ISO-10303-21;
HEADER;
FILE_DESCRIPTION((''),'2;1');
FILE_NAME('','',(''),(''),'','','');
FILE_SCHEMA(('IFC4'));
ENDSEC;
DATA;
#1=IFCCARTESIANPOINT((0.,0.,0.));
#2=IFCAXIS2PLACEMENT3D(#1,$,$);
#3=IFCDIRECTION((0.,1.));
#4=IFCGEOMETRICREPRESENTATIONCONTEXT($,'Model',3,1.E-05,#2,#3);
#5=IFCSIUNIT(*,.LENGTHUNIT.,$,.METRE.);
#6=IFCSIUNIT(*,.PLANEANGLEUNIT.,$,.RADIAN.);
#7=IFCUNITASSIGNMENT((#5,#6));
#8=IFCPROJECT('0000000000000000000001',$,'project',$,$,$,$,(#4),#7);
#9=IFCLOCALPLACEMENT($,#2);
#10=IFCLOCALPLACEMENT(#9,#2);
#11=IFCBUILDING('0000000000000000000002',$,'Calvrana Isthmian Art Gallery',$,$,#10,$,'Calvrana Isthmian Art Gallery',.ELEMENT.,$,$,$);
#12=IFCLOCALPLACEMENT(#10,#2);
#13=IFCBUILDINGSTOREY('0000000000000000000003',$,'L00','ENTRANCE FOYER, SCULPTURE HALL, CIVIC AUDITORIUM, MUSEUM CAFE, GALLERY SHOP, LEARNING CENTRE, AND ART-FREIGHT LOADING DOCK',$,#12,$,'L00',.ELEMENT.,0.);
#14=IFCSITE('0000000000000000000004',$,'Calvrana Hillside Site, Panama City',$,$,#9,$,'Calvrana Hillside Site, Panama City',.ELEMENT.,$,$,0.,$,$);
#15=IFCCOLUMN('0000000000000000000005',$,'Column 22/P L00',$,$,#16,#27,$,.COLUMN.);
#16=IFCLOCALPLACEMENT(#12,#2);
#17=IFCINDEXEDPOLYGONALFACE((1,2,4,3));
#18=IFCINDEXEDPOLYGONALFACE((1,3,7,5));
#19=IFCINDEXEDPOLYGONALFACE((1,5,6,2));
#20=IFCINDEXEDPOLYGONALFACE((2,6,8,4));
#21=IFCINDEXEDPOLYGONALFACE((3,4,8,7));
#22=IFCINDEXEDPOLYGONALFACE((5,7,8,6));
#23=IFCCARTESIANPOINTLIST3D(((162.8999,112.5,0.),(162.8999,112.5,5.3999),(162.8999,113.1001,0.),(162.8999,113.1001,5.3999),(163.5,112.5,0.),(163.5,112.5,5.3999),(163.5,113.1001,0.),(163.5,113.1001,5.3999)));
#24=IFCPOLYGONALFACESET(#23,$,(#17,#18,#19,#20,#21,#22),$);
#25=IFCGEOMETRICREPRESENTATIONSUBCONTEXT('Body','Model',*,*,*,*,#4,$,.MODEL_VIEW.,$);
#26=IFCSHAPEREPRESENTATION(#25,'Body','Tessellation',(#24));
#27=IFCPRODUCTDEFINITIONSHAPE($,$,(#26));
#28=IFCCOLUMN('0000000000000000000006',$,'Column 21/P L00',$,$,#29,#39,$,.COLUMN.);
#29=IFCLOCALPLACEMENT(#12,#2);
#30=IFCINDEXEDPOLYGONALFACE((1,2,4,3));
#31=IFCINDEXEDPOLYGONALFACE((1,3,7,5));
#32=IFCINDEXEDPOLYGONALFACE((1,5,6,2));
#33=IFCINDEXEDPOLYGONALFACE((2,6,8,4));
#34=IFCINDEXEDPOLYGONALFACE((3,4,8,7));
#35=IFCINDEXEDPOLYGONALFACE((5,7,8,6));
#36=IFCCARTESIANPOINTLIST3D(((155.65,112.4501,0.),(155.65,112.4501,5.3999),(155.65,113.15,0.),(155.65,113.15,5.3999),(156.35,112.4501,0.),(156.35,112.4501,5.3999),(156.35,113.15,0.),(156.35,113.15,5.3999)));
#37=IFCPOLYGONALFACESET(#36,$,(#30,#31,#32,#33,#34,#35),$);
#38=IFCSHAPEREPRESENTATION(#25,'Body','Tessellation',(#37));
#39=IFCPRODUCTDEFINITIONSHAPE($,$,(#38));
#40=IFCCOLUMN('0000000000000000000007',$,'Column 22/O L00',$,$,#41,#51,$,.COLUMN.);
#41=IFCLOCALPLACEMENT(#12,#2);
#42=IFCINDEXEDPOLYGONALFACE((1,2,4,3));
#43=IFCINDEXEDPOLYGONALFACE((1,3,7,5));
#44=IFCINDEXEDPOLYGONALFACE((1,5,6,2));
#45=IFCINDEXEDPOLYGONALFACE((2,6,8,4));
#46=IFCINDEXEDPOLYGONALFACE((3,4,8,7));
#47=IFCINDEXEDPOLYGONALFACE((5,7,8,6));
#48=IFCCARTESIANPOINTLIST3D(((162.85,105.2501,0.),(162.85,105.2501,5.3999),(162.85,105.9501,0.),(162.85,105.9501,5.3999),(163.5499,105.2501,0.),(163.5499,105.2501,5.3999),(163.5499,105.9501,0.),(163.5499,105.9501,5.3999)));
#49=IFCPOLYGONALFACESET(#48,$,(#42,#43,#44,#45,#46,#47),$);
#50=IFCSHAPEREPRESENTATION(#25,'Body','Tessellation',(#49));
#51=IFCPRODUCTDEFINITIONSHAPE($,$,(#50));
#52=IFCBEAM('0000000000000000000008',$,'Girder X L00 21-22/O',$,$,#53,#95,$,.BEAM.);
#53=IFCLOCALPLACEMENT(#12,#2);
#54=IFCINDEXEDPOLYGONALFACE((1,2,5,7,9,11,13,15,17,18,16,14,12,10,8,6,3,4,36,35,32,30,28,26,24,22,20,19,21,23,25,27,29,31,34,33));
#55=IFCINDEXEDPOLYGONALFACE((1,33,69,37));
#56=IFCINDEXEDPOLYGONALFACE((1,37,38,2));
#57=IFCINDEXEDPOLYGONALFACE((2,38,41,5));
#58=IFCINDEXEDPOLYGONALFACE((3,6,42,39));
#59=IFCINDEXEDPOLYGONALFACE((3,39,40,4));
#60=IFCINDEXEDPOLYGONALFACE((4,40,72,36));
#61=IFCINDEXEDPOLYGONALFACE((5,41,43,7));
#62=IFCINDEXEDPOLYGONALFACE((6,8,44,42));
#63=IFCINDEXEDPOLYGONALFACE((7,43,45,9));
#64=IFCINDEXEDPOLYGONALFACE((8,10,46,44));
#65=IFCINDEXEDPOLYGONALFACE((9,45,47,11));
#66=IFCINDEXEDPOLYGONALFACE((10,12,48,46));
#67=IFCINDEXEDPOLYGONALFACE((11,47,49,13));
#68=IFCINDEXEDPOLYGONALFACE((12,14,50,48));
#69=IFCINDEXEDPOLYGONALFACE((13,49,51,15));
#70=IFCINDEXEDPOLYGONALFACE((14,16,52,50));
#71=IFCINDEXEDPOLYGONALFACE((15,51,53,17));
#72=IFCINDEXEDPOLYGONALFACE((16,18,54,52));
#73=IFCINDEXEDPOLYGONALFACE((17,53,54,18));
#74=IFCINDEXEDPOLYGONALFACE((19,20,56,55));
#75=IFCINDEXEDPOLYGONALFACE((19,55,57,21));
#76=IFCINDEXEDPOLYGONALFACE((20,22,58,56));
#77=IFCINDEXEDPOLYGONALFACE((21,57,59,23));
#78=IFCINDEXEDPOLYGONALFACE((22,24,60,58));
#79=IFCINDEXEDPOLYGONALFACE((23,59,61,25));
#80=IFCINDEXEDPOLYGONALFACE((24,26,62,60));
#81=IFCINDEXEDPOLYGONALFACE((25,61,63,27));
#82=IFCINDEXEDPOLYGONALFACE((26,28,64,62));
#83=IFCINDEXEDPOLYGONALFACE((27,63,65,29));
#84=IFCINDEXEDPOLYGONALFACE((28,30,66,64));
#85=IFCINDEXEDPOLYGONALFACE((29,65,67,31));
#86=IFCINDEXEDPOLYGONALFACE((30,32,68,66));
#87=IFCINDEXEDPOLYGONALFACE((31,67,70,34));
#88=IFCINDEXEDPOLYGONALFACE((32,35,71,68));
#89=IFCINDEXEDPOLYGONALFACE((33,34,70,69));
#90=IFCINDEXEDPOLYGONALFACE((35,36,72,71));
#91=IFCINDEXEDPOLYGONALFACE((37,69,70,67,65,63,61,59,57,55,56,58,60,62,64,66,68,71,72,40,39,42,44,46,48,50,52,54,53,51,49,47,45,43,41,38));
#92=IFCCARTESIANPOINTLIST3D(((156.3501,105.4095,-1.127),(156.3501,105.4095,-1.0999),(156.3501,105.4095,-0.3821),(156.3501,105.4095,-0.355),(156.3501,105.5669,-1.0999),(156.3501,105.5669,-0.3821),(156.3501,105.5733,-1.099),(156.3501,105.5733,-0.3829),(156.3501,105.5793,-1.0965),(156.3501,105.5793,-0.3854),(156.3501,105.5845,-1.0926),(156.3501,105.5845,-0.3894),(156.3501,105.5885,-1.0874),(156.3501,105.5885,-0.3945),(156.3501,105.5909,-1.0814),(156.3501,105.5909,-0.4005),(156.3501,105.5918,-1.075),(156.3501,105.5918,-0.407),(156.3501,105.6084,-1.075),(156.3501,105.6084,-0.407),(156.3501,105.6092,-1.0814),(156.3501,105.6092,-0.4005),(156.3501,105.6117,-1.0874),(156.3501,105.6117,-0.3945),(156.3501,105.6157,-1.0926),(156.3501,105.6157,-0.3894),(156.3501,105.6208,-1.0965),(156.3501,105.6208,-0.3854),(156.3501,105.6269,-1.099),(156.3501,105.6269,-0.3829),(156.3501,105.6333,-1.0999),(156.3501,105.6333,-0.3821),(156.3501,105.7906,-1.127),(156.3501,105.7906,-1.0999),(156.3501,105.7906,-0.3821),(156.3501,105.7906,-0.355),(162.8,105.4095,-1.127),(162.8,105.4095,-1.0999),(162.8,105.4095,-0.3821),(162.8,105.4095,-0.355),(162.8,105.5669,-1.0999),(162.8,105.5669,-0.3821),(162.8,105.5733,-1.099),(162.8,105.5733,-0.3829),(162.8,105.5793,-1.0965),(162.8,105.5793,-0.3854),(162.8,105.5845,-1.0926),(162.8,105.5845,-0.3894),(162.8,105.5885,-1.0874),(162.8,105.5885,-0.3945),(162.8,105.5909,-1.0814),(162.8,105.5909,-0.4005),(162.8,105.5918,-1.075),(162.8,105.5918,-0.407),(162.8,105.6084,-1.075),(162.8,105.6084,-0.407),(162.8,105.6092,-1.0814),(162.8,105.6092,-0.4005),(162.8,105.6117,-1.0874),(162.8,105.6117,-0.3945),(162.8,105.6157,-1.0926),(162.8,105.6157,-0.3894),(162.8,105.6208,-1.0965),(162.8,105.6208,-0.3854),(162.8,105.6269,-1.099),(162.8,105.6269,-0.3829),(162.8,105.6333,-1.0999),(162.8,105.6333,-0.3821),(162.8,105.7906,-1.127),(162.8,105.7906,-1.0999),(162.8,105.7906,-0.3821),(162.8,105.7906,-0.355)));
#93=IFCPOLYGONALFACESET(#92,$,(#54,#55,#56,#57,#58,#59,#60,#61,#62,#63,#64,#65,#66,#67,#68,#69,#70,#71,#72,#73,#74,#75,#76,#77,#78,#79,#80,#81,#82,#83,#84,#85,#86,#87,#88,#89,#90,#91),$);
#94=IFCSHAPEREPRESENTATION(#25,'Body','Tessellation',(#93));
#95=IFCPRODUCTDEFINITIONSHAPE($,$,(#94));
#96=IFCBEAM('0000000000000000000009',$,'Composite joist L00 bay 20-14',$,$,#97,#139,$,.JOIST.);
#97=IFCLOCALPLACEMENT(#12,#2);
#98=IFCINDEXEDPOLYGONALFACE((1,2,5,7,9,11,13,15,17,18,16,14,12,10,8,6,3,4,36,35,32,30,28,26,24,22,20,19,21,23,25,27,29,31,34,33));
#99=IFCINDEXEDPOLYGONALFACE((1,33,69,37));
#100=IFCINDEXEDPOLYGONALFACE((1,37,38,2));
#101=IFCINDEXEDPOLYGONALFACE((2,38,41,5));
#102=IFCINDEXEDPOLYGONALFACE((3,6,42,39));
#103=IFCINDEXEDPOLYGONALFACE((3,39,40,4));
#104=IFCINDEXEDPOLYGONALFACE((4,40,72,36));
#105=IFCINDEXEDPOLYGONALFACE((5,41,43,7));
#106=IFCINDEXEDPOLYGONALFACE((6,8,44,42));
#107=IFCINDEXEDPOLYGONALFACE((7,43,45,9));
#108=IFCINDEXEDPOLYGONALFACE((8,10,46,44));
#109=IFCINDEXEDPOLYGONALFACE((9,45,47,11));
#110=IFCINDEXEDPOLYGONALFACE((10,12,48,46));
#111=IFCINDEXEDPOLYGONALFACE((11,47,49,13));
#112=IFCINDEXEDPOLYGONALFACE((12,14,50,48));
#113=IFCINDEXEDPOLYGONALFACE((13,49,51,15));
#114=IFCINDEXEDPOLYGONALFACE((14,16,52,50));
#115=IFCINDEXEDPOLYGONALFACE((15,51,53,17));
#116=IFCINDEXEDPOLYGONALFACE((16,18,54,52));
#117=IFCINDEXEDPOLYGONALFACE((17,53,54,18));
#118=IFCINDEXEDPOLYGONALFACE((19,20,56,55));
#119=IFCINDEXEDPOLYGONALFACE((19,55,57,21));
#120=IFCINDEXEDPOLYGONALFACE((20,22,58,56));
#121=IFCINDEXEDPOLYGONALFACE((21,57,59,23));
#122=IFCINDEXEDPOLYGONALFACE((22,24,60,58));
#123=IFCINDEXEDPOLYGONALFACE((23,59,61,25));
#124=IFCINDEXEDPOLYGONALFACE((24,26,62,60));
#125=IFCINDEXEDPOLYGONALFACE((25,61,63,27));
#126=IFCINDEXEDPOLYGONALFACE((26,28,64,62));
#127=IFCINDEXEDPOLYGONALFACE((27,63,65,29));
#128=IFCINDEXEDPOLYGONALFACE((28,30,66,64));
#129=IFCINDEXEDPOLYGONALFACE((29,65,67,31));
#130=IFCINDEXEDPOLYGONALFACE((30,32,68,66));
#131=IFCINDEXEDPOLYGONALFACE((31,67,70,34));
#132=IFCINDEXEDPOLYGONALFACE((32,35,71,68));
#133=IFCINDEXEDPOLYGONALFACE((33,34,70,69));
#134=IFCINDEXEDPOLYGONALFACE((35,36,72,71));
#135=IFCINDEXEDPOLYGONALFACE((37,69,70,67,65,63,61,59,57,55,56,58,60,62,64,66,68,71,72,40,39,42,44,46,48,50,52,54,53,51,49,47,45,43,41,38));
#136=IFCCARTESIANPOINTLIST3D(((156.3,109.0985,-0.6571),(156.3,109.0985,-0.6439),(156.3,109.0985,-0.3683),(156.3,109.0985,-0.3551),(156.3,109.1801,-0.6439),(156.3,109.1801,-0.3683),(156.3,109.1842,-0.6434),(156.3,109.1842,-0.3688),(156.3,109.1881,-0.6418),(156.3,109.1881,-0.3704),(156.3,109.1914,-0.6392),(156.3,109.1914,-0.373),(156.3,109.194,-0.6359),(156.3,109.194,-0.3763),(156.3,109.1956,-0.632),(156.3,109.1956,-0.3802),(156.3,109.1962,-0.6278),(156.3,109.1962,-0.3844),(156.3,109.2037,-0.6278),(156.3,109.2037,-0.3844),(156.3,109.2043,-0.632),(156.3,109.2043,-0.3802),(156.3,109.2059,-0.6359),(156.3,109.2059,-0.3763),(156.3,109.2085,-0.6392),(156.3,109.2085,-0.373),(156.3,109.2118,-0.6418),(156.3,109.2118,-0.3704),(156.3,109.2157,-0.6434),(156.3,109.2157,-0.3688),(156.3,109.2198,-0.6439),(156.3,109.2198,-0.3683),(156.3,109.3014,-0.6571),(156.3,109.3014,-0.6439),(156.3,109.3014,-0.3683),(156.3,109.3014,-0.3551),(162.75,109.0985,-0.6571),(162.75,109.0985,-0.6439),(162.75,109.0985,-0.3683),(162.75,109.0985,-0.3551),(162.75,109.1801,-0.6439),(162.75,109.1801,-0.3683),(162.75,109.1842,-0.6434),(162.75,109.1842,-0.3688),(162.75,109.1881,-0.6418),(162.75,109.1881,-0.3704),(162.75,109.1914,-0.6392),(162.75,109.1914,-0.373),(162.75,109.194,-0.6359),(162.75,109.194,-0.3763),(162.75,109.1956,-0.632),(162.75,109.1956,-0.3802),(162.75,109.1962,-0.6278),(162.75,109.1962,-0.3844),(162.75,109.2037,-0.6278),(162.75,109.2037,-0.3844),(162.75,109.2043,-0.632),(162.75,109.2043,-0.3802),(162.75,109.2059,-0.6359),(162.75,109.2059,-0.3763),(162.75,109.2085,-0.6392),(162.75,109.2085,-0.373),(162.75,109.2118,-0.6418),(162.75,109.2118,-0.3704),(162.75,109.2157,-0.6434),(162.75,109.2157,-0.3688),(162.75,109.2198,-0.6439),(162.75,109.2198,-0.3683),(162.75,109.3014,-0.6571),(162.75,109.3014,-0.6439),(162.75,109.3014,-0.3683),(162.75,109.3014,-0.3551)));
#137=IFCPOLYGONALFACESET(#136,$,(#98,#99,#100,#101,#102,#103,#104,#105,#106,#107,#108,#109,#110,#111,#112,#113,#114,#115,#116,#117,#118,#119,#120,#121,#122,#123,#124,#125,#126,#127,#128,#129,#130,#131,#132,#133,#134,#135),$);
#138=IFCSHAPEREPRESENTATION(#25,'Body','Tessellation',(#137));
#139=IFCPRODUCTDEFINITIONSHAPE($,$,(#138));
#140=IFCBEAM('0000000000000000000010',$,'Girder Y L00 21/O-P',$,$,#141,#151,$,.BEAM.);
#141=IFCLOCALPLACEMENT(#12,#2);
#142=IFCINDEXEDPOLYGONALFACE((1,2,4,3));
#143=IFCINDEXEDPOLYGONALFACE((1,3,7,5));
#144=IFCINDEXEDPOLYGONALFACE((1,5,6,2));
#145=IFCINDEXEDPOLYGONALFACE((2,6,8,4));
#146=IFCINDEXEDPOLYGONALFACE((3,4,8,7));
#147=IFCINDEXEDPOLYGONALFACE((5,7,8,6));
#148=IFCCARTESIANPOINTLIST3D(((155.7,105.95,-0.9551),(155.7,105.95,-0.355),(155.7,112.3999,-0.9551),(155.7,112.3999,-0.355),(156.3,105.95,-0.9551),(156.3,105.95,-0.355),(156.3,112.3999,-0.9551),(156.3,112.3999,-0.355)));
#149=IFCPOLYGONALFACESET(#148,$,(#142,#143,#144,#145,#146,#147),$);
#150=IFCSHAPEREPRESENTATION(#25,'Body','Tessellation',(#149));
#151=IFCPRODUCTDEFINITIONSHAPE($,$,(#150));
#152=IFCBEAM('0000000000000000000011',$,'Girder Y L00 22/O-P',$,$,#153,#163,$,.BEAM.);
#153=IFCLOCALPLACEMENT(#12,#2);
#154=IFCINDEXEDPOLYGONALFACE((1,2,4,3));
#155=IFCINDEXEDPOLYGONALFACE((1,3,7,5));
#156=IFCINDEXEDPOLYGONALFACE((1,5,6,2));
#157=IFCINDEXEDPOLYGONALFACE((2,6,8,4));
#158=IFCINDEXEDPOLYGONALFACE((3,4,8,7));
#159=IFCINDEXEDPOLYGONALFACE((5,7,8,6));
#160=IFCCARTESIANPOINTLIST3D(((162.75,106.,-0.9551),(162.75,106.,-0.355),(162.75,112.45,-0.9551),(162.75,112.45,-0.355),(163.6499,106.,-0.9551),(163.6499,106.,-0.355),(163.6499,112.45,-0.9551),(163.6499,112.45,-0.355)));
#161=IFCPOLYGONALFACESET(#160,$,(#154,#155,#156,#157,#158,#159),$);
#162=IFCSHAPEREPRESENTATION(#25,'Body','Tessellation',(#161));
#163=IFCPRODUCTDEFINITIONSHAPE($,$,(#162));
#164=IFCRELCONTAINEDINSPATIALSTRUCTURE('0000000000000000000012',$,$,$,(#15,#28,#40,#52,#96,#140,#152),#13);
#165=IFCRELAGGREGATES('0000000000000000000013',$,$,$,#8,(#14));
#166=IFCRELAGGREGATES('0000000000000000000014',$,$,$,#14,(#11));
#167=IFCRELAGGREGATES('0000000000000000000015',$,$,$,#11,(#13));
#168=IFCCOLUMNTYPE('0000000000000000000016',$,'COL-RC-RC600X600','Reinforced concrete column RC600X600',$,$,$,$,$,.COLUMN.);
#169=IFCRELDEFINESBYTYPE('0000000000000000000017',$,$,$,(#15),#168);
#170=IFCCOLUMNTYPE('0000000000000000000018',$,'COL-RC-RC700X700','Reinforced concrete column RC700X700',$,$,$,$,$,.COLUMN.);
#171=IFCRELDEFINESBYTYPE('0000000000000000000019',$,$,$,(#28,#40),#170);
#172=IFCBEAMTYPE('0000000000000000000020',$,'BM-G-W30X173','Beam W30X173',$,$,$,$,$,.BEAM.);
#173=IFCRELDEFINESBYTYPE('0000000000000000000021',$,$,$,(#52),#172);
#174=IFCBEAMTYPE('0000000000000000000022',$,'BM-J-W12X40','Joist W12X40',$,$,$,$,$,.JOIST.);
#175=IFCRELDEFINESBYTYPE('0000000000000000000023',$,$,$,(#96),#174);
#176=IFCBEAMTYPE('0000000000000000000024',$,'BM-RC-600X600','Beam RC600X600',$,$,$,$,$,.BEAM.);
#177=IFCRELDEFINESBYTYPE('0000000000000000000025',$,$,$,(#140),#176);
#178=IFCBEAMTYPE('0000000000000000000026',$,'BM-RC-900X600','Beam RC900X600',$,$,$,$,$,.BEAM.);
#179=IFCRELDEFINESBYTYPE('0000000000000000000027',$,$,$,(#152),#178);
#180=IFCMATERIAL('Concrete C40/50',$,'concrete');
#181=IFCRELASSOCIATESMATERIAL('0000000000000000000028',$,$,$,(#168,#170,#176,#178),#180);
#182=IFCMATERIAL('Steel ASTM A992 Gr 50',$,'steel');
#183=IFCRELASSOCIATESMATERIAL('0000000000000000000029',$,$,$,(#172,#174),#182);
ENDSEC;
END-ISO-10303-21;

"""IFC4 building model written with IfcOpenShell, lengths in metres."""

from ifc_helpers import new_model, si_unit, direction, frame, origin, origin_2d, place, context, subcontext, project, spatial, rectangle, i_section, extrude, material, material_profile, profile_set, type_object, element, save


model = new_model("IFC4")

# Units and contexts
model_context = context("Model", 3, precision=1e-05, world=origin(), true_north=direction((0.0, 1.0)))
body_context = subcontext(model_context, "Body", "Model", "MODEL_VIEW")
ifc_project = project(units=[si_unit("LENGTHUNIT", "METRE"), si_unit("PLANEANGLEUNIT", "RADIAN")], contexts=[model_context])

# Site, building, storey
site_placement = place(None, origin())
site = spatial("IfcSite", under=ifc_project, at=site_placement, Name="Calvrana Hillside Site, Panama City", LongName="Calvrana Hillside Site, Panama City", CompositionType="ELEMENT", RefElevation=0.0)
building_placement = place(site_placement, origin())
building = spatial("IfcBuilding", under=site, at=building_placement, Name="Calvrana Isthmian Art Gallery", LongName="Calvrana Isthmian Art Gallery", CompositionType="ELEMENT")
storey_placement = place(building_placement, origin())
storey = spatial("IfcBuildingStorey", under=building, at=storey_placement, Name="L00", Description="ENTRANCE FOYER, SCULPTURE HALL, CIVIC AUDITORIUM, MUSEUM CAFE, GALLERY SHOP, LEARNING CENTRE, AND ART-FREIGHT LOADING DOCK", LongName="L00", CompositionType="ELEMENT", Elevation=0.0)

# Columns
ifc_material_1 = material(Name="Concrete C40/50", Category="concrete")
ifc_material_profile_1 = material_profile(ifc_material_1, rectangle(XDim=0.6001, YDim=0.6001, at=origin_2d()), Name="RC600X600")
ifc_profile_set_1 = profile_set([ifc_material_profile_1], Name="Concrete C40/50")
column_type_1 = type_object("IfcColumnType", Name="COL-RC-RC600X600", Description="Reinforced concrete column RC600X600", PredefinedType="COLUMN", material=ifc_profile_set_1)
column_placement = place(storey_placement, frame((163.2, 112.8, 0.0), z_axis=(0.0, 0.0, 1.0), x_axis=(1.0, 0.0, 0.0)))
element("IfcColumn", 1, at=column_placement, inside=storey, type_object=column_type_1, Name="Column 22/P L00", PredefinedType="COLUMN", context=body_context, shape_type="SweptSolid", body=[
    extrude(rectangle(XDim=0.6001, YDim=0.6001, at=origin_2d()), origin(), (0.0, 0.0, 1.0), 5.3999),
])
ifc_material_profile_2 = material_profile(ifc_material_1, rectangle(XDim=0.7, YDim=0.7, at=origin_2d()), Name="RC700X700")
ifc_profile_set_2 = profile_set([ifc_material_profile_2], Name="Concrete C40/50")
column_type_2 = type_object("IfcColumnType", Name="COL-RC-RC700X700", Description="Reinforced concrete column RC700X700", PredefinedType="COLUMN", material=ifc_profile_set_2)
for number, where, z_axis, x_axis, name in (
    (2, (156.0, 112.8, 0.0), (0.0, 0.0, 1.0), (1.0, 0.0, 0.0), "Column 21/P L00"),
    (3, (163.2, 105.6001, 0.0), (0.0, 0.0, 1.0), (1.0, 0.0, 0.0), "Column 22/O L00"),
):
    element("IfcColumn", number, at=place(storey_placement, frame(where, z_axis=z_axis, x_axis=x_axis)), inside=storey, type_object=column_type_2, Name=name, PredefinedType="COLUMN", context=body_context, shape_type="SweptSolid", body=[
        extrude(rectangle(XDim=0.7, YDim=0.7, at=origin_2d()), origin(), (0.0, 0.0, 1.0), 5.3999),
    ])

# Beams
ifc_material_2 = material(Name="Steel ASTM A992 Gr 50", Category="steel")
ifc_material_profile_3 = material_profile(ifc_material_2, i_section(OverallWidth=0.3811, OverallDepth=0.772, WebThickness=0.0166, FlangeThickness=0.0271, FilletRadius=0.0249, at=origin_2d()), Name="W30X173")
ifc_profile_set_3 = profile_set([ifc_material_profile_3], Name="Steel ASTM A992 Gr 50")
beam_type_1 = type_object("IfcBeamType", Name="BM-G-W30X173", Description="Beam W30X173", PredefinedType="BEAM", material=ifc_profile_set_3)
beam_1_placement = place(storey_placement, frame((156.3501, 105.6001, -0.741), z_axis=(1.0, 0.0, 0.0), x_axis=(0.0, 1.0, 0.0)))
element("IfcBeam", 4, at=beam_1_placement, inside=storey, type_object=beam_type_1, Name="Girder X L00 21-22/O", PredefinedType="BEAM", context=body_context, shape_type="SweptSolid", body=[
    extrude(i_section(OverallWidth=0.3811, OverallDepth=0.772, WebThickness=0.0166, FlangeThickness=0.0271, FilletRadius=0.0249, at=origin_2d()), origin(), (0.0, 0.0, 1.0), 6.45),
])
ifc_material_profile_4 = material_profile(ifc_material_2, i_section(OverallWidth=0.2029, OverallDepth=0.302, WebThickness=0.0076, FlangeThickness=0.0132, FilletRadius=0.0161, at=origin_2d()), Name="W12X40")
ifc_profile_set_4 = profile_set([ifc_material_profile_4], Name="Steel ASTM A992 Gr 50")
beam_type_2 = type_object("IfcBeamType", Name="BM-J-W12X40", Description="Joist W12X40", PredefinedType="JOIST", material=ifc_profile_set_4)
beam_2_placement = place(storey_placement, frame((156.3, 109.2, -0.5061), z_axis=(1.0, 0.0, 0.0), x_axis=(0.0, 1.0, 0.0)))
element("IfcBeam", 5, at=beam_2_placement, inside=storey, type_object=beam_type_2, Name="Composite joist L00 bay 20-14", PredefinedType="JOIST", context=body_context, shape_type="SweptSolid", body=[
    extrude(i_section(OverallWidth=0.2029, OverallDepth=0.302, WebThickness=0.0076, FlangeThickness=0.0132, FilletRadius=0.0161, at=origin_2d()), origin(), (0.0, 0.0, 1.0), 6.45),
])
ifc_material_profile_5 = material_profile(ifc_material_1, rectangle(XDim=0.6001, YDim=0.6001, at=origin_2d()), Name="RC600X600")
ifc_profile_set_5 = profile_set([ifc_material_profile_5], Name="Concrete C40/50")
beam_type_3 = type_object("IfcBeamType", Name="BM-RC-600X600", Description="Beam RC600X600", PredefinedType="BEAM", material=ifc_profile_set_5)
beam_3_placement = place(storey_placement, frame((156.0, 105.95, -0.655), z_axis=(0.0, 1.0, 0.0), x_axis=(-1.0, 0.0, 0.0)))
element("IfcBeam", 6, at=beam_3_placement, inside=storey, type_object=beam_type_3, Name="Girder Y L00 21/O-P", PredefinedType="BEAM", context=body_context, shape_type="SweptSolid", body=[
    extrude(rectangle(XDim=0.6001, YDim=0.6001, at=origin_2d()), origin(), (0.0, 0.0, 1.0), 6.45),
])
ifc_material_profile_6 = material_profile(ifc_material_1, rectangle(XDim=0.8999, YDim=0.6001, at=origin_2d()), Name="RC900X600")
ifc_profile_set_6 = profile_set([ifc_material_profile_6], Name="Concrete C40/50")
beam_type_4 = type_object("IfcBeamType", Name="BM-RC-900X600", Description="Beam RC900X600", PredefinedType="BEAM", material=ifc_profile_set_6)
beam_4_placement = place(storey_placement, frame((163.2, 106.0, -0.655), z_axis=(0.0, 1.0, 0.0), x_axis=(-1.0, 0.0, 0.0)))
element("IfcBeam", 7, at=beam_4_placement, inside=storey, type_object=beam_type_4, Name="Girder Y L00 22/O-P", PredefinedType="BEAM", context=body_context, shape_type="SweptSolid", body=[
    extrude(rectangle(XDim=0.8999, YDim=0.6001, at=origin_2d()), origin(), (0.0, 0.0, 1.0), 6.45),
])

save(model, "model.ifc")
